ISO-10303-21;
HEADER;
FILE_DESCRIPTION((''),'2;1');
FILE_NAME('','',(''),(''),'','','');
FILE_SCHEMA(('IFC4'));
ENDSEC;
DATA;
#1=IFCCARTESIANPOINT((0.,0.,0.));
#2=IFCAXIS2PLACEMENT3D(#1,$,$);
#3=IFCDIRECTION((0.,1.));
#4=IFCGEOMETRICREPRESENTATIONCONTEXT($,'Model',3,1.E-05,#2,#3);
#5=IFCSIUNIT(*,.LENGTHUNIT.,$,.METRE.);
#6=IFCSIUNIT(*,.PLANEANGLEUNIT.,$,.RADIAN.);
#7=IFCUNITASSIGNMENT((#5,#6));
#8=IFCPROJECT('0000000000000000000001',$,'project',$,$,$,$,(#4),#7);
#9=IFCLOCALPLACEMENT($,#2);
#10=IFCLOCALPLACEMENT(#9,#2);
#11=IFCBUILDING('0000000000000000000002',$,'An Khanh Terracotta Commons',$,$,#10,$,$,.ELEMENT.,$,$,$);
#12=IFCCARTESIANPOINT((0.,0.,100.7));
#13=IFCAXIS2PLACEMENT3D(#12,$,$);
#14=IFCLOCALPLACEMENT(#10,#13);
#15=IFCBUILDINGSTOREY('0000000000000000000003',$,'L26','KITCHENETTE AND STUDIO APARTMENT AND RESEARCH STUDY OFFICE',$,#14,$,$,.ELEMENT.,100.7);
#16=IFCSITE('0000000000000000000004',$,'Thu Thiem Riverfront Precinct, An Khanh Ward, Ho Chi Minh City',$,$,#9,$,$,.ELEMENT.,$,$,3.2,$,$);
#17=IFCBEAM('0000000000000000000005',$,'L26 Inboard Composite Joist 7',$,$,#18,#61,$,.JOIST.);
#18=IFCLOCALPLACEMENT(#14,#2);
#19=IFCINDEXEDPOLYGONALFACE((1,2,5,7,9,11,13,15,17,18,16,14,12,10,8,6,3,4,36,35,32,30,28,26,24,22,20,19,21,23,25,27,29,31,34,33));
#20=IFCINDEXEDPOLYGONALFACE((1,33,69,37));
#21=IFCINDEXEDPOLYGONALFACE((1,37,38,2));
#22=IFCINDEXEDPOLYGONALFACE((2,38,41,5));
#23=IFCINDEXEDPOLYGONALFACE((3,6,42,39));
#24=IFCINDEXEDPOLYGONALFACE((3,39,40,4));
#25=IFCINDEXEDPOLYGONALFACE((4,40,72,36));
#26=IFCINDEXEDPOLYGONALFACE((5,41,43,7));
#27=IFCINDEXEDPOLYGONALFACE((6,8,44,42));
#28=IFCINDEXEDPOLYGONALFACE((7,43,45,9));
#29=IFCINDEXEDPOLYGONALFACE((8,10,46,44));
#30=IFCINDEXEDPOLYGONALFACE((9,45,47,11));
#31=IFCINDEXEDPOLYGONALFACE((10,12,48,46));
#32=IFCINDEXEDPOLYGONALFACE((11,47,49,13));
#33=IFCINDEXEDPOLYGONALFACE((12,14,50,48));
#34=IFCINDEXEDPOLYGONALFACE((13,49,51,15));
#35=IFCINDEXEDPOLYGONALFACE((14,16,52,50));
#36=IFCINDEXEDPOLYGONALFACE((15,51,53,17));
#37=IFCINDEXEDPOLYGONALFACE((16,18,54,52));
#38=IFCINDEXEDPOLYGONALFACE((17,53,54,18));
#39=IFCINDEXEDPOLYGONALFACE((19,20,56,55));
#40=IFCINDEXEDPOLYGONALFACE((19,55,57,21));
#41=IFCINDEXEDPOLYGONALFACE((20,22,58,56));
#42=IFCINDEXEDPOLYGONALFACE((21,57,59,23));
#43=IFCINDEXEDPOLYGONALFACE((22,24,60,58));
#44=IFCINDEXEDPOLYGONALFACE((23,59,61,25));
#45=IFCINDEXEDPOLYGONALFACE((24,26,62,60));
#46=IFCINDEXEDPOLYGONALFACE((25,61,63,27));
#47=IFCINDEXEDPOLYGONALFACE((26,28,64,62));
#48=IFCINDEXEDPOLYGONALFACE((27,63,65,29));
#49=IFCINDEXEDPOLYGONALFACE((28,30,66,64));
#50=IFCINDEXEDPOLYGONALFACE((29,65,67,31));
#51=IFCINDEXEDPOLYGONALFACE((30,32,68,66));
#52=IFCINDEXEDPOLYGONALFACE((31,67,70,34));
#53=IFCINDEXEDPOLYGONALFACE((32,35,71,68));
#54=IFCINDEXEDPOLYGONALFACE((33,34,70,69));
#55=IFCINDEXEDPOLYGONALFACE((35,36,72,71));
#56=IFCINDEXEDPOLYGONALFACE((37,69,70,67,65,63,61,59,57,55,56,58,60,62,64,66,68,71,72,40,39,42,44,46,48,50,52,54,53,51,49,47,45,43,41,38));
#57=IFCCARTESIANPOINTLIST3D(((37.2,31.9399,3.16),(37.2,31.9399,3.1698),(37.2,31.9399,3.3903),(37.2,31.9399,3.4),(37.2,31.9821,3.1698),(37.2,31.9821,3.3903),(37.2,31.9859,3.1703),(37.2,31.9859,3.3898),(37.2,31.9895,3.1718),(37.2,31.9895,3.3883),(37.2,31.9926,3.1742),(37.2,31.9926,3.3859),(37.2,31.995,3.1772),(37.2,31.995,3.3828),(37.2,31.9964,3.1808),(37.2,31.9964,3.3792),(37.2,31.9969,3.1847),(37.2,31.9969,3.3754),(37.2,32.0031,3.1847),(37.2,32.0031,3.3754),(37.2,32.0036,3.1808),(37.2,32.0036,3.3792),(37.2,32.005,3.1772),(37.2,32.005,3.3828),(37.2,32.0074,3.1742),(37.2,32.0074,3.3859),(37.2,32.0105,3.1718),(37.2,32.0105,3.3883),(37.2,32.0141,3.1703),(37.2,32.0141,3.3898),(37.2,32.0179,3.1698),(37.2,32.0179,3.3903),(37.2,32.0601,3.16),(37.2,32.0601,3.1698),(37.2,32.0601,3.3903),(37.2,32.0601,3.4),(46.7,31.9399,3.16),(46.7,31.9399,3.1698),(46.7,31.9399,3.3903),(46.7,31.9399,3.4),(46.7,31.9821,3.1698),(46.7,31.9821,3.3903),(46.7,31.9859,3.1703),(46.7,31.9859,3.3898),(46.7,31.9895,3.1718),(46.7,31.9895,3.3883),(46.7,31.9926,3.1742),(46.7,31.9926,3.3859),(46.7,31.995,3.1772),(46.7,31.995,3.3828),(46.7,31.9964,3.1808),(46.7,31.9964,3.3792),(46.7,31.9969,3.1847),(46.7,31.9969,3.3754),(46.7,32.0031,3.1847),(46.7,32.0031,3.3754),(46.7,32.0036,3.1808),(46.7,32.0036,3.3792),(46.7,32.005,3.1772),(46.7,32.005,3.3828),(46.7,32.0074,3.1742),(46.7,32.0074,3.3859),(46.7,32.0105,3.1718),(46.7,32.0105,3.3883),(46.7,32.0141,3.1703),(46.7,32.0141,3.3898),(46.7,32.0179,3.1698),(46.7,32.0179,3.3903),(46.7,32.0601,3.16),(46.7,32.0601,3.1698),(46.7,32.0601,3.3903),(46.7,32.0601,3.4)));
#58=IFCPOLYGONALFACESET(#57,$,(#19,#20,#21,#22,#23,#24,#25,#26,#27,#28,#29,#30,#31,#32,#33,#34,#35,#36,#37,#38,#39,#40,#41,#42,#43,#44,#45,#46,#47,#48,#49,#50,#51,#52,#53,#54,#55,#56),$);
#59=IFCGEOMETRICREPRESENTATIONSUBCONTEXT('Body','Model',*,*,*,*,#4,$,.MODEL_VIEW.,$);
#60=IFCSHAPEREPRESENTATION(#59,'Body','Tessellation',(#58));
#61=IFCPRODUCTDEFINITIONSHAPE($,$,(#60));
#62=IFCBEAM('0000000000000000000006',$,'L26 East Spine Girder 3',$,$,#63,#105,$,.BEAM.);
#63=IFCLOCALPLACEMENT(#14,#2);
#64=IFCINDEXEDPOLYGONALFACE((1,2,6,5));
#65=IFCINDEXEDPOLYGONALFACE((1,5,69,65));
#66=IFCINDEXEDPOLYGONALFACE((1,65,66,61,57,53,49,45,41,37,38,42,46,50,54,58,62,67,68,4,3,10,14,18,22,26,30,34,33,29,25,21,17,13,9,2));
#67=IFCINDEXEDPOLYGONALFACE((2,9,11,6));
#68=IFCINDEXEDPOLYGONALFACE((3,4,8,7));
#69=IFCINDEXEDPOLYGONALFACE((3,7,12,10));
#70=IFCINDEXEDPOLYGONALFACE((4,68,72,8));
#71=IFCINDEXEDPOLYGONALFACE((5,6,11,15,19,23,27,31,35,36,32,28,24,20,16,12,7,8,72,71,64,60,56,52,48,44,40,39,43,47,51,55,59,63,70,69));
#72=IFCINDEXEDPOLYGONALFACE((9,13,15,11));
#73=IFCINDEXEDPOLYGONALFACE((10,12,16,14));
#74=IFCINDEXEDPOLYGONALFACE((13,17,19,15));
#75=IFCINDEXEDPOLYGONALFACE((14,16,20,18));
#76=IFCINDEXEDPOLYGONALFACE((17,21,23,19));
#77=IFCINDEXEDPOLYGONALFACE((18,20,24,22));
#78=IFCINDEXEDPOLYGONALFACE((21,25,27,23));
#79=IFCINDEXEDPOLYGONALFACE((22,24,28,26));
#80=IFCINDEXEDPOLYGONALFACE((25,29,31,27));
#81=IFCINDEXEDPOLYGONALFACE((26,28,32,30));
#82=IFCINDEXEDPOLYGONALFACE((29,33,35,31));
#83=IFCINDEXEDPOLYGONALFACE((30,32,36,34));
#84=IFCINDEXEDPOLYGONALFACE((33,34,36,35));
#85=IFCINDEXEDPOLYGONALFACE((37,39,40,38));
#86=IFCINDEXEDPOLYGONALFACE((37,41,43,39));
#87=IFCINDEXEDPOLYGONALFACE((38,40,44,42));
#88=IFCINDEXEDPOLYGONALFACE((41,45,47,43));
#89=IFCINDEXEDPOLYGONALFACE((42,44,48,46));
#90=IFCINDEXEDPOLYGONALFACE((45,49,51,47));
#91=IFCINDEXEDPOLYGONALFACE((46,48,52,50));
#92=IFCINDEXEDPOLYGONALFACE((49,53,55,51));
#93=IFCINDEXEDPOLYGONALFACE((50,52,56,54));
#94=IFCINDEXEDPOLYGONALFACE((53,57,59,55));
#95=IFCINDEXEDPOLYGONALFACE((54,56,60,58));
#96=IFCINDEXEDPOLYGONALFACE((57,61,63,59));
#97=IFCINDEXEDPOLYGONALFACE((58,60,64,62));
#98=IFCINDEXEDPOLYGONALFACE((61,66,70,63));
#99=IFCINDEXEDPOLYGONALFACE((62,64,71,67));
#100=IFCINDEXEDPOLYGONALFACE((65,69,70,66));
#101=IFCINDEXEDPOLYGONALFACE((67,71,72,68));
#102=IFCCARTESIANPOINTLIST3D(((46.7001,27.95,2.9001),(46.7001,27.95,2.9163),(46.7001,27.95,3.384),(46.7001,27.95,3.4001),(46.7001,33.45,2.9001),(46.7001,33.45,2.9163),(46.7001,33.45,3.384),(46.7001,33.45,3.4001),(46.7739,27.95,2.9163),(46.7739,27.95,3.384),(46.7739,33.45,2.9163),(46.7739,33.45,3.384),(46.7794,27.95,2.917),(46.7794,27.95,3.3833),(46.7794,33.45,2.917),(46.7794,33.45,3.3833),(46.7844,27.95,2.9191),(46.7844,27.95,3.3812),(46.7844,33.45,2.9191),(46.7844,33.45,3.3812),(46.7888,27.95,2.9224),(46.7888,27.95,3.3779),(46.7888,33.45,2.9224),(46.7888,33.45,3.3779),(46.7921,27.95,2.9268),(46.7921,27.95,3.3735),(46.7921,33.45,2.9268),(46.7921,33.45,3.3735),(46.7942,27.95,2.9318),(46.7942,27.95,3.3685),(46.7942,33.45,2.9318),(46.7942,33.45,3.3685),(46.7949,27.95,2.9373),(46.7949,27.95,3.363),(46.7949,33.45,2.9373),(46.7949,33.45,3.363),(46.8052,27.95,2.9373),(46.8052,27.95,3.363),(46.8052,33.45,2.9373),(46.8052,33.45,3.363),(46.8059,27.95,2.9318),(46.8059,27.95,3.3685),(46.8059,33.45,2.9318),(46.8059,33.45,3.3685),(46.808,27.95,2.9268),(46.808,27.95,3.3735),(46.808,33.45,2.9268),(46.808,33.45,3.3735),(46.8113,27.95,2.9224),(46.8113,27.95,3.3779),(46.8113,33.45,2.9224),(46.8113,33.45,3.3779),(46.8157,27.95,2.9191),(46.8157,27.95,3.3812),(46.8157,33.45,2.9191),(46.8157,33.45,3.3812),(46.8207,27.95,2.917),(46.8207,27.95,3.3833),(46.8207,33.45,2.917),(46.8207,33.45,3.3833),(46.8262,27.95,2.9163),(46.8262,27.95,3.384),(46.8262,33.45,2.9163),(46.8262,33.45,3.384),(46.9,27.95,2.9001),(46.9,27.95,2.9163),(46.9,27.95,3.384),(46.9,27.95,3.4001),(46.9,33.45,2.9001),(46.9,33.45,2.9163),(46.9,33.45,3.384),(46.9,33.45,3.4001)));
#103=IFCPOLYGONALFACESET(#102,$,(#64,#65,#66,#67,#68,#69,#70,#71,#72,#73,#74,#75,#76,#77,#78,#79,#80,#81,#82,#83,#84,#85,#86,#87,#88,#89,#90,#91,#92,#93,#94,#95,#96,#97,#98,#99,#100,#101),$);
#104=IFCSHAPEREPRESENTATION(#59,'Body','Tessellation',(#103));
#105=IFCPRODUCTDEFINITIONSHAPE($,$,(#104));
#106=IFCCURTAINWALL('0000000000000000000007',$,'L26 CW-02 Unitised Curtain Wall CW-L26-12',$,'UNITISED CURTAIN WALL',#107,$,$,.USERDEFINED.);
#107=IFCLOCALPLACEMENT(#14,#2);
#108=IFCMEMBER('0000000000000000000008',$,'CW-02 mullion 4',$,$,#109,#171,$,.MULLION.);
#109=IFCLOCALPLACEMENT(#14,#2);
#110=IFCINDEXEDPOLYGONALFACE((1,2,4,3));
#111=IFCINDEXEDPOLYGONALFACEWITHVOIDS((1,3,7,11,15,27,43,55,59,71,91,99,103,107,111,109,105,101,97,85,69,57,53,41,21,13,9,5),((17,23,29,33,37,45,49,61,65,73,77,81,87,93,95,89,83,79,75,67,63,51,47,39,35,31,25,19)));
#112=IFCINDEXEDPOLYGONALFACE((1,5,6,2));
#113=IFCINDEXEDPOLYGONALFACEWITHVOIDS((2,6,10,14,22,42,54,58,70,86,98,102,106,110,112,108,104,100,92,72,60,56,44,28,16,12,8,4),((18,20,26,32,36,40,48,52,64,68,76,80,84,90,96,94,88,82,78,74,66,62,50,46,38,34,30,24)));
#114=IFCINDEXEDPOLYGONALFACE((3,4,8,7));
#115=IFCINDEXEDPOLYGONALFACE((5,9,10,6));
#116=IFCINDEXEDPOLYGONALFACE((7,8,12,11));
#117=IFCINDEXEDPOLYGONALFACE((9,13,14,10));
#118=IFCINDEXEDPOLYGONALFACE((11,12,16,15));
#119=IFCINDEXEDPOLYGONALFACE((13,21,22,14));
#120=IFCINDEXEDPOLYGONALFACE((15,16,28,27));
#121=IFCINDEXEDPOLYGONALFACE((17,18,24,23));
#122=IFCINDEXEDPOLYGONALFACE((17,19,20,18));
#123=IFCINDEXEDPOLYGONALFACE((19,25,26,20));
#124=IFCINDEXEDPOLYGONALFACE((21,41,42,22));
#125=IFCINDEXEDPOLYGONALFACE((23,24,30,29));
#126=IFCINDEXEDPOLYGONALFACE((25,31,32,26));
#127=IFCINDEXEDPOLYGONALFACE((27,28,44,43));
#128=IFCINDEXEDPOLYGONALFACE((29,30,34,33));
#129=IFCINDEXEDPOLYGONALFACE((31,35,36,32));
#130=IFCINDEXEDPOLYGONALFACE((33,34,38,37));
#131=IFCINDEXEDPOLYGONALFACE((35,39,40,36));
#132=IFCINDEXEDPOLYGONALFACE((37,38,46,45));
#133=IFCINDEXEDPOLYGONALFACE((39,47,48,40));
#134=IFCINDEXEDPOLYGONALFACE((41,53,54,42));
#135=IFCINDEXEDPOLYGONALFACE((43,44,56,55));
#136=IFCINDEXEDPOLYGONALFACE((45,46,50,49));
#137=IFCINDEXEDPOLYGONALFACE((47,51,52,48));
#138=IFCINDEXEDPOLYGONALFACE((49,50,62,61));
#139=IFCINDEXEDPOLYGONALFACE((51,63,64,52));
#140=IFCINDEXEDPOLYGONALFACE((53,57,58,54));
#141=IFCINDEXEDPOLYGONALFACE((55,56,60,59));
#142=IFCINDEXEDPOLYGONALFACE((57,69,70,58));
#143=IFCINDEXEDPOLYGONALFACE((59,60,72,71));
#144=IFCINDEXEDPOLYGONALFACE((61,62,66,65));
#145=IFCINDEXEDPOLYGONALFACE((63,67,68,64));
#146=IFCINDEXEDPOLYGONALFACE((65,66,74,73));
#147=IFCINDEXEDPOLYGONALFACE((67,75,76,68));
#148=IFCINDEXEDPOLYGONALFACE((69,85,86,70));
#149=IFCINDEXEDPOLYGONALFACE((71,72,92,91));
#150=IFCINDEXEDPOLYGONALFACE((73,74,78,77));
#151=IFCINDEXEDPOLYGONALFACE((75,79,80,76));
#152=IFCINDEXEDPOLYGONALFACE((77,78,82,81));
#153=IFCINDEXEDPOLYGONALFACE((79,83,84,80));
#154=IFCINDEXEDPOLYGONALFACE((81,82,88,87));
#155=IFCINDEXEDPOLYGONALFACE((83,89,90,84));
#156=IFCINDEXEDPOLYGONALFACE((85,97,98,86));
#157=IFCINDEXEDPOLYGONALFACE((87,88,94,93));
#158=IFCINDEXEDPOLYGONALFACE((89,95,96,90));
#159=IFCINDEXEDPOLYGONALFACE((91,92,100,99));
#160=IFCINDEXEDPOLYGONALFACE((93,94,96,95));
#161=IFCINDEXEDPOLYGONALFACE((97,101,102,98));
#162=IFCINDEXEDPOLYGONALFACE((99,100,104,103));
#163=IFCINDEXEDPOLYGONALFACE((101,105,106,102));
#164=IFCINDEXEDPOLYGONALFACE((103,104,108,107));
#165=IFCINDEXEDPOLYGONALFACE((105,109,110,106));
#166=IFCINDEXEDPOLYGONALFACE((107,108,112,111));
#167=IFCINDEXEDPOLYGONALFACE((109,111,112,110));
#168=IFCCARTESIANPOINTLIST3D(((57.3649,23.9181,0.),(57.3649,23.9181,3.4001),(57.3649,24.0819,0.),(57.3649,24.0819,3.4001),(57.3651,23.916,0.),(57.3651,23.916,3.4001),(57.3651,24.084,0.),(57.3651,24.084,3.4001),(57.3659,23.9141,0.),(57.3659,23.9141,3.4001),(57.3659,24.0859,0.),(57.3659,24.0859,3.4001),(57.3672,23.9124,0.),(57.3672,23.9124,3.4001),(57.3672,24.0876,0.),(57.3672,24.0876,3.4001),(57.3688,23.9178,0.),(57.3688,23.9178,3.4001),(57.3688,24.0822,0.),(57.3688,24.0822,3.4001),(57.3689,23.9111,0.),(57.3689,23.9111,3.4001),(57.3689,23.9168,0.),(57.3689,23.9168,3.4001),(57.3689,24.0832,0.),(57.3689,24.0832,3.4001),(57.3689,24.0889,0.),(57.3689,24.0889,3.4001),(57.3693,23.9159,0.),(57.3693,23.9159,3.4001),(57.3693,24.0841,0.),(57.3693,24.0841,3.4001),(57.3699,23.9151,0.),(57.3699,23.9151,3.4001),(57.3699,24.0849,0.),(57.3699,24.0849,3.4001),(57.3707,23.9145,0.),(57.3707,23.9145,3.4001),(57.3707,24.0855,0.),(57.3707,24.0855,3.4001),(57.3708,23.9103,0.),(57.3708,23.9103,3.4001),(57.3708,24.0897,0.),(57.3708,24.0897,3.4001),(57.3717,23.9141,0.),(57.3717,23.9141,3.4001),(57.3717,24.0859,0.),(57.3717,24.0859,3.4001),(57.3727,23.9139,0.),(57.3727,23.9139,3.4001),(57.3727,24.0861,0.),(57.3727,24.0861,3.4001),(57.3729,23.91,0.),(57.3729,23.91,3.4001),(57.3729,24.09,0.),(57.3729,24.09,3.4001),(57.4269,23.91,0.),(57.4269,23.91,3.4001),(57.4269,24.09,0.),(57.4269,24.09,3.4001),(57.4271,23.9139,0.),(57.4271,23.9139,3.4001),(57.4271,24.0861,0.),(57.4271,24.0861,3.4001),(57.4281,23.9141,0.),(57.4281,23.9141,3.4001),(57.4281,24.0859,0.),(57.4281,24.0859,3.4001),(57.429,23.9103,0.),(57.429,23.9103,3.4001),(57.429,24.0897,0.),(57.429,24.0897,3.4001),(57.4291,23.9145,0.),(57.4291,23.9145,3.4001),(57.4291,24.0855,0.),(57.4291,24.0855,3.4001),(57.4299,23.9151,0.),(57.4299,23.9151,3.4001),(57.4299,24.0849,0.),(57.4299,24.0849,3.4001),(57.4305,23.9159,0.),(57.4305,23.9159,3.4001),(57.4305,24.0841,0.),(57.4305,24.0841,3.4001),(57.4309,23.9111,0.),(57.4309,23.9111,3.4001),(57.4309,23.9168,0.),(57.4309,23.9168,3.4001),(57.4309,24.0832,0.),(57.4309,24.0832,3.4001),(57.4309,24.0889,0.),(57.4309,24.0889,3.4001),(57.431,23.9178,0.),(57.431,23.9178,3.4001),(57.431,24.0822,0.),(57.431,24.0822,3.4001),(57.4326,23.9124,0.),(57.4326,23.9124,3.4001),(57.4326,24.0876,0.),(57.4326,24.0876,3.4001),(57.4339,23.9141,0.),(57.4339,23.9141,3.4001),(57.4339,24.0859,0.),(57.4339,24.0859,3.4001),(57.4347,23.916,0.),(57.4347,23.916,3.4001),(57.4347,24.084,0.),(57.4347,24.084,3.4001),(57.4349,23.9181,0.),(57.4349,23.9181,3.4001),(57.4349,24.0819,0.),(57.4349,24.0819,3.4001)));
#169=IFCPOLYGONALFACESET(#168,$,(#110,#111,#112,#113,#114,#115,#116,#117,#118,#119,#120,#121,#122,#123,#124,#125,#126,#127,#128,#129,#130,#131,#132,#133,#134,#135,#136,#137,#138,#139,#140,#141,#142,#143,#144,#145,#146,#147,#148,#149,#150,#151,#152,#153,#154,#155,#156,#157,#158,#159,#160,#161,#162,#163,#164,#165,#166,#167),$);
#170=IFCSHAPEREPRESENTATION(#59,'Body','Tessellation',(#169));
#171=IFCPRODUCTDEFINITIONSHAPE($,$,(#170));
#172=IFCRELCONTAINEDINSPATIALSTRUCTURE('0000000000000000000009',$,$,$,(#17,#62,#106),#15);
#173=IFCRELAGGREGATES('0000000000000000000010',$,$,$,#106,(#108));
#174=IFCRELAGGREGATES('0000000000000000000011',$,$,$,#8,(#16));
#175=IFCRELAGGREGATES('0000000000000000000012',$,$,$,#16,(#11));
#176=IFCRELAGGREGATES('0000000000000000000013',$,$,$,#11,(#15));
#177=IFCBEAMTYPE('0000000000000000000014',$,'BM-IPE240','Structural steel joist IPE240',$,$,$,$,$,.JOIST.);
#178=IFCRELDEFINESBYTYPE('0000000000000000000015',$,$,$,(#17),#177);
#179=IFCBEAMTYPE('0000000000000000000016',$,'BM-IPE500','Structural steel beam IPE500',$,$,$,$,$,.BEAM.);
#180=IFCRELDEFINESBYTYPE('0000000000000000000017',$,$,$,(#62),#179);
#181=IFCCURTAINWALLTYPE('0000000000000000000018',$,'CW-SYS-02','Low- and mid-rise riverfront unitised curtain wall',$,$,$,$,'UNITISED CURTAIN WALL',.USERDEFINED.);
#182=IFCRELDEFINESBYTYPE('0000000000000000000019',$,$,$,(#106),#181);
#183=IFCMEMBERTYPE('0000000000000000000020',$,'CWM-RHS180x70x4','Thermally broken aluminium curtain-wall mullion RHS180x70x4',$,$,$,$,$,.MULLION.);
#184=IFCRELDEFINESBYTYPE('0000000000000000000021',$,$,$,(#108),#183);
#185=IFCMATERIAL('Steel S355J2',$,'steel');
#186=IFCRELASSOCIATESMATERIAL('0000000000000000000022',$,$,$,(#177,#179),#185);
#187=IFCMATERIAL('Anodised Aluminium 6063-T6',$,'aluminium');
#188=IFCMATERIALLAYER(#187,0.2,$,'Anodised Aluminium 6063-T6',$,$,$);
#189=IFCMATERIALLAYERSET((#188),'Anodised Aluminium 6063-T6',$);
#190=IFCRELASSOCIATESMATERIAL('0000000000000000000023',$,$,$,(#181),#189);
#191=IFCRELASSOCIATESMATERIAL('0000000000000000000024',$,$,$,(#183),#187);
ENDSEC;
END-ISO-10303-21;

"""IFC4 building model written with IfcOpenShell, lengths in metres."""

from ifc_helpers import new_model, si_unit, direction, frame, origin, origin_2d, place, context, subcontext, project, spatial, hollow_rectangle, i_section, extrude, material, layer, layer_set, material_profile, profile_set, type_object, element, aggregate, save


model = new_model("IFC4")

# Units and contexts
model_context = context("Model", 3, precision=1e-05, world=origin(), true_north=direction((0.0, 1.0)))
body_context = subcontext(model_context, "Body", "Model", "MODEL_VIEW")
ifc_project = project(units=[si_unit("LENGTHUNIT", "METRE"), si_unit("PLANEANGLEUNIT", "RADIAN")], contexts=[model_context])

# Site, building, storey
site_placement = place(None, origin())
site = spatial("IfcSite", under=ifc_project, at=site_placement, Name="Thu Thiem Riverfront Precinct, An Khanh Ward, Ho Chi Minh City", CompositionType="ELEMENT", RefElevation=3.2)
building_placement = place(site_placement, origin())
building = spatial("IfcBuilding", under=site, at=building_placement, Name="An Khanh Terracotta Commons", CompositionType="ELEMENT")
storey_placement = place(building_placement, frame((0.0, 0.0, 100.7)))
storey = spatial("IfcBuildingStorey", under=building, at=storey_placement, Name="L26", Description="KITCHENETTE AND STUDIO APARTMENT AND RESEARCH STUDY OFFICE", CompositionType="ELEMENT", Elevation=100.7)

# Beams
ifc_material_1 = material(Name="Steel S355J2", Category="steel")
ifc_material_profile_1 = material_profile(ifc_material_1, i_section(OverallWidth=0.1201, OverallDepth=0.24, WebThickness=0.0061, FlangeThickness=0.0098, FilletRadius=0.0149, at=origin_2d()), Name="IPE240")
ifc_profile_set_1 = profile_set([ifc_material_profile_1], Name="Steel S355J2")
beam_type_1 = type_object("IfcBeamType", Name="BM-IPE240", Description="Structural steel joist IPE240", PredefinedType="JOIST", material=ifc_profile_set_1)
for number, where, z_axis, x_axis, name in (
    (1, (37.2, 32.0, 3.28), (1.0, 0.0, 0.0), (0.0, 1.0, 0.0), "L26 Inboard Composite Joist 7"),
):
    element("IfcBeam", number, at=place(storey_placement, frame(where, z_axis=z_axis, x_axis=x_axis)), inside=storey, type_object=beam_type_1, Name=name, PredefinedType="JOIST", context=body_context, shape_type="SweptSolid", body=[
        extrude(i_section(OverallWidth=0.1201, OverallDepth=0.24, WebThickness=0.0061, FlangeThickness=0.0098, FilletRadius=0.0149, at=origin_2d()), origin(), (0.0, 0.0, 1.0), 9.5),
    ])
ifc_material_profile_2 = material_profile(ifc_material_1, i_section(OverallWidth=0.2, OverallDepth=0.5, WebThickness=0.0103, FlangeThickness=0.0161, FilletRadius=0.021, at=origin_2d()), Name="IPE500")
ifc_profile_set_2 = profile_set([ifc_material_profile_2], Name="Steel S355J2")
beam_type_2 = type_object("IfcBeamType", Name="BM-IPE500", Description="Structural steel beam IPE500", PredefinedType="BEAM", material=ifc_profile_set_2)
beam_placement = place(storey_placement, frame((46.8, 27.95, 3.1501), z_axis=(0.0, 1.0, 0.0), x_axis=(-1.0, 0.0, 0.0)))
element("IfcBeam", 2, at=beam_placement, inside=storey, type_object=beam_type_2, Name="L26 East Spine Girder 3", PredefinedType="BEAM", context=body_context, shape_type="SweptSolid", body=[
    extrude(i_section(OverallWidth=0.2, OverallDepth=0.5, WebThickness=0.0103, FlangeThickness=0.0161, FilletRadius=0.021, at=origin_2d()), origin(), (0.0, 0.0, 1.0), 5.5),
])

# Curtain wall, member
ifc_material_2 = material(Name="Anodised Aluminium 6063-T6", Category="aluminium")
ifc_layer_1 = layer(ifc_material_2, 0.2, Name="Anodised Aluminium 6063-T6")
ifc_layer_set_1 = layer_set([ifc_layer_1], Name="Anodised Aluminium 6063-T6")
curtain_wall_type = type_object("IfcCurtainWallType", Name="CW-SYS-02", Description="Low- and mid-rise riverfront unitised curtain wall", ElementType="UNITISED CURTAIN WALL", PredefinedType="USERDEFINED", material=ifc_layer_set_1)
curtain_wall_placement = place(storey_placement, origin())
curtain_wall = element("IfcCurtainWall", 3, at=curtain_wall_placement, inside=storey, type_object=curtain_wall_type, Name="L26 CW-02 Unitised Curtain Wall CW-L26-12", ObjectType="UNITISED CURTAIN WALL", PredefinedType="USERDEFINED")
ifc_material_profile_3 = material_profile(ifc_material_2, hollow_rectangle(XDim=0.0701, YDim=0.1799, WallThickness=0.0039, InnerFilletRadius=0.0039, OuterFilletRadius=0.0081, at=origin_2d()), Name="RHS180x70x4")
ifc_profile_set_3 = profile_set([ifc_material_profile_3], Name="Anodised Aluminium 6063-T6")
member_type_1 = type_object("IfcMemberType", Name="CWM-RHS180x70x4", Description="Thermally broken aluminium curtain-wall mullion RHS180x70x4", PredefinedType="MULLION", material=ifc_profile_set_3)
member_1_placement = place(storey_placement, frame((57.3999, 24.0, 0.0), z_axis=(0.0, 0.0, 1.0), x_axis=(-1.0, 0.0, 0.0)))
member_1 = element("IfcMember", 4, at=member_1_placement, type_object=member_type_1, Name="CW-02 mullion 4", PredefinedType="MULLION", context=body_context, shape_type="SweptSolid", body=[
    extrude(hollow_rectangle(XDim=0.0701, YDim=0.1799, WallThickness=0.0039, InnerFilletRadius=0.0039, OuterFilletRadius=0.0081, at=origin_2d()), origin(), (0.0, 0.0, 1.0), 3.4001),
])
aggregate(curtain_wall, [member_1])

save(model, "model.ifc")
